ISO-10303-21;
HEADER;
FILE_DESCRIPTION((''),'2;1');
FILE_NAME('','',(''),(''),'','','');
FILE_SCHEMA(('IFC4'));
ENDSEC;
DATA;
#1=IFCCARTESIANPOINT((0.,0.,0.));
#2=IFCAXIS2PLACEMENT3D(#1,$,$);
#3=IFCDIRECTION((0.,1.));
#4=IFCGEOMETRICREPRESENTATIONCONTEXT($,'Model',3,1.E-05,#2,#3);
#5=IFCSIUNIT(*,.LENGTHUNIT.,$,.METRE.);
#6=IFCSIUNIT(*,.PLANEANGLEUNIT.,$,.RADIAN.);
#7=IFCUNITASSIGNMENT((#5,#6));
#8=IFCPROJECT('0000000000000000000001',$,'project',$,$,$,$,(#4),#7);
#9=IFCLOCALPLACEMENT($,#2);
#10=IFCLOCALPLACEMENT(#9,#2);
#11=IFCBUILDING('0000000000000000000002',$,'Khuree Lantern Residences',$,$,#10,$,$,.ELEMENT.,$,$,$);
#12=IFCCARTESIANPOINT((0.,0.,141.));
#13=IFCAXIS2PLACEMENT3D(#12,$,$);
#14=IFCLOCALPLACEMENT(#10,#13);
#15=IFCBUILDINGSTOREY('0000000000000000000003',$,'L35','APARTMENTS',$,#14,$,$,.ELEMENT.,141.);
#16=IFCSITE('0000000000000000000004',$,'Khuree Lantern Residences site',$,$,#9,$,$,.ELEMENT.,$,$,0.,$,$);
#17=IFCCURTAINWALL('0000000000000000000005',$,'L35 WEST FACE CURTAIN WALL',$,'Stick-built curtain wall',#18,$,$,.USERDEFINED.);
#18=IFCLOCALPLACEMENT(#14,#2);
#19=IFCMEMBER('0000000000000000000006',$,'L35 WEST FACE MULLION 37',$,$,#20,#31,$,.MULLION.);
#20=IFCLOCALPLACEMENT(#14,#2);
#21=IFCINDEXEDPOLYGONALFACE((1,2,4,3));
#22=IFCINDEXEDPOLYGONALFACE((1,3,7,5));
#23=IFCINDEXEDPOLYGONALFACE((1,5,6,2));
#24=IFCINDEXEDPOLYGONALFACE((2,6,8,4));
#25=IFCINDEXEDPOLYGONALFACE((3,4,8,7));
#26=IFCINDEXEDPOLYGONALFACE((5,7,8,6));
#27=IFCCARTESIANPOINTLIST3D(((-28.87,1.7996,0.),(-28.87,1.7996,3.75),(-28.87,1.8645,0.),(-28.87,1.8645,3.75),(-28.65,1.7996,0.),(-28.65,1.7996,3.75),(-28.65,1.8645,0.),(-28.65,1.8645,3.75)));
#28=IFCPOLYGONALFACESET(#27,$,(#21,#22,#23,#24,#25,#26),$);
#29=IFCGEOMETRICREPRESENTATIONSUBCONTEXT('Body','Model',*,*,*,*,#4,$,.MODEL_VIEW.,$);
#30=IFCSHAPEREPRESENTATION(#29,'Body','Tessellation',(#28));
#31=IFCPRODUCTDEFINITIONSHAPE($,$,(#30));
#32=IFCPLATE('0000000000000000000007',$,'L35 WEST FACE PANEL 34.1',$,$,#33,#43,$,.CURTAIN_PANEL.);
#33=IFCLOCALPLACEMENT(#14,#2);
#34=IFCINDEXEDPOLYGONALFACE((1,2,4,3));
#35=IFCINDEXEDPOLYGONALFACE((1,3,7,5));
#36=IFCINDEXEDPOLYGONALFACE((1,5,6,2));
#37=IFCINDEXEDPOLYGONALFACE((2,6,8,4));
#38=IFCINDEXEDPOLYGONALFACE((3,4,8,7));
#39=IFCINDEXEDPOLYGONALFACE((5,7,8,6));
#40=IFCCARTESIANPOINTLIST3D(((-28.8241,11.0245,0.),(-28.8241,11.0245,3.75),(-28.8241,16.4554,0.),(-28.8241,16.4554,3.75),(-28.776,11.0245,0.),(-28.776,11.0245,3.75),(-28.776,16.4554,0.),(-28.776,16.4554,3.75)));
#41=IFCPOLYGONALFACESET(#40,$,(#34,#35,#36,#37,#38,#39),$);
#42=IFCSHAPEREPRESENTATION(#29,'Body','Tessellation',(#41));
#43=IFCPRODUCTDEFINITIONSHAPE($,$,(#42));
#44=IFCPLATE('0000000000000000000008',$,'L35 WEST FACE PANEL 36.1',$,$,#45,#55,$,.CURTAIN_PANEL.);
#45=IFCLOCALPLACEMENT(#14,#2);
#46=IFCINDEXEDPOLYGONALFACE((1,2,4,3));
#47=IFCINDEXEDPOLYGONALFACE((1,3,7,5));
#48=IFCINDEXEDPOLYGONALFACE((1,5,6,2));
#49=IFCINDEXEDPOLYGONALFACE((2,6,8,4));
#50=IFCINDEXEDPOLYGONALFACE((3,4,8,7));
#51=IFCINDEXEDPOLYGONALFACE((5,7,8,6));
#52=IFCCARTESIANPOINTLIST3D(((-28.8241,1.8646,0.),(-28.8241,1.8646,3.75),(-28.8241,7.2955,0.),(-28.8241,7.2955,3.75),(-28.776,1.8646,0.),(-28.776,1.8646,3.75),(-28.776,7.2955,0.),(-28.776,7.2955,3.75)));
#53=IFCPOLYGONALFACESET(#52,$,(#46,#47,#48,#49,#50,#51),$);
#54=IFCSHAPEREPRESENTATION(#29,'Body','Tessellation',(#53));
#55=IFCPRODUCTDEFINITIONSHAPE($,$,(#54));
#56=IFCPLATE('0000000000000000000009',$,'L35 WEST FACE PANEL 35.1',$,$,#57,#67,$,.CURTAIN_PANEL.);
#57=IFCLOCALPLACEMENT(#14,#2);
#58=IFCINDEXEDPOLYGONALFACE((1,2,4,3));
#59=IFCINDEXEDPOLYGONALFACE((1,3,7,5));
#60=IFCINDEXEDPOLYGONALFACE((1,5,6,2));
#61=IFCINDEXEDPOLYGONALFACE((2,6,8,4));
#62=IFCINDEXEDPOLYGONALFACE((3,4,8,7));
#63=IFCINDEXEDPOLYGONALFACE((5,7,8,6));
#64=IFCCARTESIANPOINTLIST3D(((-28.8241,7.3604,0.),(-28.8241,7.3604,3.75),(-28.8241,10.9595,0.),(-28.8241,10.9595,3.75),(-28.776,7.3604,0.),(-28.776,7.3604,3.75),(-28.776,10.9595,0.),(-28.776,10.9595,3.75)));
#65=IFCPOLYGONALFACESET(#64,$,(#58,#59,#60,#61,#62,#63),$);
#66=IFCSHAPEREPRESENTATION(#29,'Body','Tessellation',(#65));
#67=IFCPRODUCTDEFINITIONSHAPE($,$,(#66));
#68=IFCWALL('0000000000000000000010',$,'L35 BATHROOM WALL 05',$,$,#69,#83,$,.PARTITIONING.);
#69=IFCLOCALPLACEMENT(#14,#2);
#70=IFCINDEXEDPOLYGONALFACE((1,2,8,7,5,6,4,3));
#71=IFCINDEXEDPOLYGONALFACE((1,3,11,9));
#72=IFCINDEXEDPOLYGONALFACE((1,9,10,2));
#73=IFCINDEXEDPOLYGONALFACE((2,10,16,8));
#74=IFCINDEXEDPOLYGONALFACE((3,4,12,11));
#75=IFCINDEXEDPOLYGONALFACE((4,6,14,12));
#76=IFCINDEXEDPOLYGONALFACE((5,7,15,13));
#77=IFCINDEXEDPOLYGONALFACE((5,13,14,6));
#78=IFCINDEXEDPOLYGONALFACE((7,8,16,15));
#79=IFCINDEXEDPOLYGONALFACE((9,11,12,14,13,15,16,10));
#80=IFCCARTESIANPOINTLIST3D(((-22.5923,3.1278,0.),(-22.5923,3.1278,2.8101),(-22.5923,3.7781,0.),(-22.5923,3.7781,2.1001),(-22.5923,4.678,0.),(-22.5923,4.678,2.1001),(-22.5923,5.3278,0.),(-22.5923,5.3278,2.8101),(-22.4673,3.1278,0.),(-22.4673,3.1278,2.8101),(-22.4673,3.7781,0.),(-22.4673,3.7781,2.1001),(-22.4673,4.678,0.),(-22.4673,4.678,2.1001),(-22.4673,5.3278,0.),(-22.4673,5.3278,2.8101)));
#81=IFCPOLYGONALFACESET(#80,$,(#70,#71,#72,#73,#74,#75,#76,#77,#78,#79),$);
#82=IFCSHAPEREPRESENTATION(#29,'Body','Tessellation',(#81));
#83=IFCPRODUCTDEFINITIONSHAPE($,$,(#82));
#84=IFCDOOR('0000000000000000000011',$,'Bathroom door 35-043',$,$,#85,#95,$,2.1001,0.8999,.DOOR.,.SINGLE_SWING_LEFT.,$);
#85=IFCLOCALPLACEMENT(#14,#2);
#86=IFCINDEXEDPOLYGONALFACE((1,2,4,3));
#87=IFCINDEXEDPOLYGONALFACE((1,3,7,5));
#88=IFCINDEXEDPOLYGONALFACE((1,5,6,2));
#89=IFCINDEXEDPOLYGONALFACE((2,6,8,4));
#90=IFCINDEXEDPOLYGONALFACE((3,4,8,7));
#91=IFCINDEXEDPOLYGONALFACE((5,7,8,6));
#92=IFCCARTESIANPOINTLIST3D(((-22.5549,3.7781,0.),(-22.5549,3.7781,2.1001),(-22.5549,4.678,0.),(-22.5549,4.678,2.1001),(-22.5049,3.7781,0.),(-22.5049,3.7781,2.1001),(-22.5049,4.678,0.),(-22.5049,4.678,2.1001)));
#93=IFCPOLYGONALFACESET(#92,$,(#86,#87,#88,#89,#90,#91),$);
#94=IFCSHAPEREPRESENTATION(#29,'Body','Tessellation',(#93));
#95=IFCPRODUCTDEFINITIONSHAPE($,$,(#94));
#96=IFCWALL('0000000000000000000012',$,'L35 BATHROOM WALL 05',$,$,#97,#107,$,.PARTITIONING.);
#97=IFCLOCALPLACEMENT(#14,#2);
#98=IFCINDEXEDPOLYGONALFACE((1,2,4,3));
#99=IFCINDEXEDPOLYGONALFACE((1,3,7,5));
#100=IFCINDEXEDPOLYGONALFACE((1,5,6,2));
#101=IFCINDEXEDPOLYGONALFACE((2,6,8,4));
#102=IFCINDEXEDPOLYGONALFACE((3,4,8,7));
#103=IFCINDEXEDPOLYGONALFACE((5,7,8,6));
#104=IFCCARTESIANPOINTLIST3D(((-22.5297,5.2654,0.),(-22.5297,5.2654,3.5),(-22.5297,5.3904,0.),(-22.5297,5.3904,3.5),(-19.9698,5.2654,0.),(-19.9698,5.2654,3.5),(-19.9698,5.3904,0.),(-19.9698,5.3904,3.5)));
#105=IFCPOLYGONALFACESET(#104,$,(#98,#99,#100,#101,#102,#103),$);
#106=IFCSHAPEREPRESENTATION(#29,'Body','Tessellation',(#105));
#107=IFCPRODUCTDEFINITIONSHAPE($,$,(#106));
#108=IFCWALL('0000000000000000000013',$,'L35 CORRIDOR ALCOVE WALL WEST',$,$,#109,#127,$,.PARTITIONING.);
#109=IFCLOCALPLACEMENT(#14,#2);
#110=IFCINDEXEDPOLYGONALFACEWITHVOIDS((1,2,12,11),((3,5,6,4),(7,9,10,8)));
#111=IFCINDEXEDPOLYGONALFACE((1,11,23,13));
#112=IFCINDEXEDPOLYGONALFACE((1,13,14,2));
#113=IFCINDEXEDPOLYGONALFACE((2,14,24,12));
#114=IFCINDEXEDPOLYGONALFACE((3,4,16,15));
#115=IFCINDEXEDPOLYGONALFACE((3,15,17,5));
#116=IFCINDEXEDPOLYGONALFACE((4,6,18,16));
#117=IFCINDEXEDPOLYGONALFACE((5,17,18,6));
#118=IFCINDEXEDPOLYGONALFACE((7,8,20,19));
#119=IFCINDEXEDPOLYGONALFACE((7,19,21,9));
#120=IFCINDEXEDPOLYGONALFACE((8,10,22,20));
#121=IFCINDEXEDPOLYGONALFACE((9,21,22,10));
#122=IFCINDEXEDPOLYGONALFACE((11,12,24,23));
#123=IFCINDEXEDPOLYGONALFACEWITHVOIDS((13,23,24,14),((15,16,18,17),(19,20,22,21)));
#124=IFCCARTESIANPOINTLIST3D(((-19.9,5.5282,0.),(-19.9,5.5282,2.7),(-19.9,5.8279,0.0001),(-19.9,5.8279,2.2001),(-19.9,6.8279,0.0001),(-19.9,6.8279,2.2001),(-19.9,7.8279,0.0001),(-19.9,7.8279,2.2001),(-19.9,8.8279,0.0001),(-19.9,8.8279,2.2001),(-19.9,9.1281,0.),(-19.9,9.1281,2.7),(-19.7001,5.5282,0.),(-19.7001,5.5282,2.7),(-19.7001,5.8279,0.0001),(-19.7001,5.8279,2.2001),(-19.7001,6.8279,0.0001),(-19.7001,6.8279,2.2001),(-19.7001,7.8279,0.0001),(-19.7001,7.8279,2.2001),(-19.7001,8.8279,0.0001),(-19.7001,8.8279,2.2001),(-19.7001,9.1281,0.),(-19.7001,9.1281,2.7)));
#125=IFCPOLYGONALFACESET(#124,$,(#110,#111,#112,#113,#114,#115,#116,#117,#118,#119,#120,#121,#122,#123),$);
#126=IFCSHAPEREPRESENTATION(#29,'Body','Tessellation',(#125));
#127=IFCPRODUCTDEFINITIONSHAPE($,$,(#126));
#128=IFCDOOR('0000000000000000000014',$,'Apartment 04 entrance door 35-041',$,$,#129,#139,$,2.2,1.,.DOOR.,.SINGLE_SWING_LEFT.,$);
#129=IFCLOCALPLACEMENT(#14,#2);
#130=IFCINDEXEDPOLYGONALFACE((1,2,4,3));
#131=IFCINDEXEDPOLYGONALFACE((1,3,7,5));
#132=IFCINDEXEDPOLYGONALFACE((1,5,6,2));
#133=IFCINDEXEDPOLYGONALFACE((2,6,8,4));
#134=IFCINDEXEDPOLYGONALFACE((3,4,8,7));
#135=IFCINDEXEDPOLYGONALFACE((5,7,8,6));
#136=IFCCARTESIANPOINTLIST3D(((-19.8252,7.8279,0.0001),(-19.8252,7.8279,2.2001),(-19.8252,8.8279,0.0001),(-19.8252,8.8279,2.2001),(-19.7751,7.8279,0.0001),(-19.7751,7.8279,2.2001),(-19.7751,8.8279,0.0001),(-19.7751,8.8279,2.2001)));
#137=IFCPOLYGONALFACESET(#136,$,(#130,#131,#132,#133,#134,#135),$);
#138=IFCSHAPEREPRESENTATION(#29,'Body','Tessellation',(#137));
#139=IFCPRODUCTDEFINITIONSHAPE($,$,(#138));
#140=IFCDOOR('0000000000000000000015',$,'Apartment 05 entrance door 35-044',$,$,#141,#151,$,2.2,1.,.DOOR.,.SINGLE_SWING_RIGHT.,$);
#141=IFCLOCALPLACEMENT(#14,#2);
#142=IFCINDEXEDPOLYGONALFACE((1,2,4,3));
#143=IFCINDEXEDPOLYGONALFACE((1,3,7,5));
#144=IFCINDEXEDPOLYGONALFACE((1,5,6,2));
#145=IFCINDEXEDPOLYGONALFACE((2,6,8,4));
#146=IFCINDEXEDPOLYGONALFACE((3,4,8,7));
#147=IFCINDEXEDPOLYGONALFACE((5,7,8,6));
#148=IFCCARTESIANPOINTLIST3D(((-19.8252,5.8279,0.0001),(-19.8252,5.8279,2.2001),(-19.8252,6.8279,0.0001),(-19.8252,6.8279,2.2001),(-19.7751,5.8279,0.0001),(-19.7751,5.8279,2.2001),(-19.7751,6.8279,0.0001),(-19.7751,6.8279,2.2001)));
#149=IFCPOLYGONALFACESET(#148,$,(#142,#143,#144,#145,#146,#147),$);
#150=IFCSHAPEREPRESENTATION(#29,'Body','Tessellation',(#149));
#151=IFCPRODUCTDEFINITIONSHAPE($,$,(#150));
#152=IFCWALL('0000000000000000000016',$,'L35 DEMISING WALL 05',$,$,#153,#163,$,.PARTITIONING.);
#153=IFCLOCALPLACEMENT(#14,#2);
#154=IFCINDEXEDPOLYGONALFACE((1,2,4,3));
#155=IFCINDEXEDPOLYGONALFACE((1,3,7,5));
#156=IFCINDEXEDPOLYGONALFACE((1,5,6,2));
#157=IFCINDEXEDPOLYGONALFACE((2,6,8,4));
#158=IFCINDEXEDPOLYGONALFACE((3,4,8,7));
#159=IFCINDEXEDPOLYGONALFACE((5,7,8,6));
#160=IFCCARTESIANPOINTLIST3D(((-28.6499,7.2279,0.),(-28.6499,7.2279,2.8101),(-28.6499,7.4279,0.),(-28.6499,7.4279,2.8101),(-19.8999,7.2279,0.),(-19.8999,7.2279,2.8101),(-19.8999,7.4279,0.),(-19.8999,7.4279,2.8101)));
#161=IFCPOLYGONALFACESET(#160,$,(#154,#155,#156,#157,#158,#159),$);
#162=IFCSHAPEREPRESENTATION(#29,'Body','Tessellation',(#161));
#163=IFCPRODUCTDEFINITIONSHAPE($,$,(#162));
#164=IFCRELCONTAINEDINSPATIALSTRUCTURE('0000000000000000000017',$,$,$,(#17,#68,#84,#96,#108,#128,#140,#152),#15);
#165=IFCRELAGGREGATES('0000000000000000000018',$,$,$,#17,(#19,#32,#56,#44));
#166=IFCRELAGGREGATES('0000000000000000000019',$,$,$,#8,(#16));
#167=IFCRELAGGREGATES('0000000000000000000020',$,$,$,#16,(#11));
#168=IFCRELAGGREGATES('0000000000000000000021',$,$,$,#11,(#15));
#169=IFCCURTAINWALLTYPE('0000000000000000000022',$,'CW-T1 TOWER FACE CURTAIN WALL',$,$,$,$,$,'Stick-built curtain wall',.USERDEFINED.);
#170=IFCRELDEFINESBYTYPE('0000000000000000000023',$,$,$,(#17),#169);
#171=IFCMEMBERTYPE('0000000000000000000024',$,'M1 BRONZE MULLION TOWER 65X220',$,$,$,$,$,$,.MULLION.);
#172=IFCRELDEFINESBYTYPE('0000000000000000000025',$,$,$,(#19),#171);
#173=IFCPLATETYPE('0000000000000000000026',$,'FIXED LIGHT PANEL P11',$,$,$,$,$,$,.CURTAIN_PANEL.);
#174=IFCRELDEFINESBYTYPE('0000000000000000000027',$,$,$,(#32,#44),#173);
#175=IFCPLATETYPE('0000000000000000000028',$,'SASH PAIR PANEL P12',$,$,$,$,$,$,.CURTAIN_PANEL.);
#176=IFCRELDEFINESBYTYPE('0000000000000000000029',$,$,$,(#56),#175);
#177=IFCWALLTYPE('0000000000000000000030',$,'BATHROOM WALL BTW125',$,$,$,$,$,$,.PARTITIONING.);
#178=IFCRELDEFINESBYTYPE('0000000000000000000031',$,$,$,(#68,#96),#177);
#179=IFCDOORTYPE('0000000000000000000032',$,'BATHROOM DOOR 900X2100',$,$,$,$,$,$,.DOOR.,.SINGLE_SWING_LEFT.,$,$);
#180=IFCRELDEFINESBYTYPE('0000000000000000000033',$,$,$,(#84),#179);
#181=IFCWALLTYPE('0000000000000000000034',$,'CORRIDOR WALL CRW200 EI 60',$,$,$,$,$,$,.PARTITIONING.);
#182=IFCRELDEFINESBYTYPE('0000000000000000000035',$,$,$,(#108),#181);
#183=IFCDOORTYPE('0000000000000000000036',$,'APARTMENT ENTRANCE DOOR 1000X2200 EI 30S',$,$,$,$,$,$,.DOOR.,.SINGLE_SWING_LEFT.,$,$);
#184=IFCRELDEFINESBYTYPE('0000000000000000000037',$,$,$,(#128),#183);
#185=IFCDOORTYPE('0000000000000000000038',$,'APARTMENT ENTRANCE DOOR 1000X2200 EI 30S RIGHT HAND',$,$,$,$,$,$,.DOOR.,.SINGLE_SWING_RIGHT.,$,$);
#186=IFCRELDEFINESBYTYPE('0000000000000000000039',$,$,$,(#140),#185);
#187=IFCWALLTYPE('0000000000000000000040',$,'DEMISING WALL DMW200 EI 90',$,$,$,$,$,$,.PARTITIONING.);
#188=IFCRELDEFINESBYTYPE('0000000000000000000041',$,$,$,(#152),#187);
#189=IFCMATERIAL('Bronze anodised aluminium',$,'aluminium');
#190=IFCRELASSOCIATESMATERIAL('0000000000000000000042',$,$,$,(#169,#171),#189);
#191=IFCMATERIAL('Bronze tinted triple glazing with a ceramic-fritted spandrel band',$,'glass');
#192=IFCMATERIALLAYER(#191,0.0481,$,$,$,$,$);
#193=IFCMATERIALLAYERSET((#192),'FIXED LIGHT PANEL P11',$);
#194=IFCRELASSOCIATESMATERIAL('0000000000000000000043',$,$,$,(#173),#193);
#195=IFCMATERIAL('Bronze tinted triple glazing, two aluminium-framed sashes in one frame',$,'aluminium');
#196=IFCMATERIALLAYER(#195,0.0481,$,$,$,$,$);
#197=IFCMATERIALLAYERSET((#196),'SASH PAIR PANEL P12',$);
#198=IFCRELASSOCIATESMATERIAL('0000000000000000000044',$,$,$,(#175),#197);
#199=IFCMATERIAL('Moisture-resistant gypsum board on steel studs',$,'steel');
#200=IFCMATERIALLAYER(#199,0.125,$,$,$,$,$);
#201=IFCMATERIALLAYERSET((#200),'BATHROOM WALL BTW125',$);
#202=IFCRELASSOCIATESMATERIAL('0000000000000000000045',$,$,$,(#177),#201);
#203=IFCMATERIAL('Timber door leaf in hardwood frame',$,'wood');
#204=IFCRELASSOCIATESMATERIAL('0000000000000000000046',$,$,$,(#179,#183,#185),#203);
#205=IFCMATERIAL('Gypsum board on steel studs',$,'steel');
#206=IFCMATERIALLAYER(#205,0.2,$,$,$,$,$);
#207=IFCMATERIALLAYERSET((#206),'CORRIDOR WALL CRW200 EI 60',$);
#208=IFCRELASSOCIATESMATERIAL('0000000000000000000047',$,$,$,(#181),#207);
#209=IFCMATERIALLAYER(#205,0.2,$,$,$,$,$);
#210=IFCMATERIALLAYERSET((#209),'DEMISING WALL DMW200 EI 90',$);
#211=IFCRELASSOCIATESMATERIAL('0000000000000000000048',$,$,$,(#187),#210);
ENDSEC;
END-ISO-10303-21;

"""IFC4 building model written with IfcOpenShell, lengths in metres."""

from ifc_helpers import new_model, si_unit, direction, frame, frame_2d, origin, origin_2d, place, context, subcontext, project, spatial, rectangle, extrude, material, layer, layer_set, material_profile, profile_set, type_object, element, fill, aggregate, save


model = new_model("IFC4")

# Units and contexts
model_context = context("Model", 3, precision=1e-05, world=origin(), true_north=direction((0.0, 1.0)))
body_context = subcontext(model_context, "Body", "Model", "MODEL_VIEW")
ifc_project = project(units=[si_unit("LENGTHUNIT", "METRE"), si_unit("PLANEANGLEUNIT", "RADIAN")], contexts=[model_context])

# Site, building, storey
site_placement = place(None, origin())
site = spatial("IfcSite", under=ifc_project, at=site_placement, Name="Khuree Lantern Residences site", CompositionType="ELEMENT", RefElevation=0.0)
building_placement = place(site_placement, origin())
building = spatial("IfcBuilding", under=site, at=building_placement, Name="Khuree Lantern Residences", CompositionType="ELEMENT")
storey_placement = place(building_placement, frame((0.0, 0.0, 141.0)))
storey = spatial("IfcBuildingStorey", under=building, at=storey_placement, Name="L35", Description="APARTMENTS", CompositionType="ELEMENT", Elevation=141.0)

# Curtain wall
ifc_material_1 = material(Name="Bronze anodised aluminium", Category="aluminium")
curtain_wall_type = type_object("IfcCurtainWallType", Name="CW-T1 TOWER FACE CURTAIN WALL", ElementType="Stick-built curtain wall", PredefinedType="USERDEFINED", material=ifc_material_1)
curtain_wall_placement = place(storey_placement, origin())
curtain_wall = element("IfcCurtainWall", 1, at=curtain_wall_placement, inside=storey, type_object=curtain_wall_type, Name="L35 WEST FACE CURTAIN WALL", ObjectType="Stick-built curtain wall", PredefinedType="USERDEFINED")

# Member
ifc_material_profile_1 = material_profile(ifc_material_1, rectangle(XDim=0.0649, YDim=0.22, at=origin_2d()), Name="M1 65X220")
ifc_profile_set_1 = profile_set([ifc_material_profile_1], Name="Bronze anodised aluminium")
member_type_1 = type_object("IfcMemberType", Name="M1 BRONZE MULLION TOWER 65X220", PredefinedType="MULLION", material=ifc_profile_set_1)
member_1_placement = place(storey_placement, frame((-28.76, 1.832, 0.0), z_axis=(0.0, 0.0, 1.0), x_axis=(0.0, -1.0, 0.0)))
member_1 = element("IfcMember", 2, at=member_1_placement, type_object=member_type_1, Name="L35 WEST FACE MULLION 37", PredefinedType="MULLION", context=body_context, shape_type="SweptSolid", body=[
    extrude(rectangle(XDim=0.0649, YDim=0.22, at=origin_2d()), origin(), (0.0, 0.0, 1.0), 3.75),
])

# Plates
ifc_material_2 = material(Name="Bronze tinted triple glazing with a ceramic-fritted spandrel band", Category="glass")
ifc_layer_1 = layer(ifc_material_2, 0.0481)
ifc_layer_set_1 = layer_set([ifc_layer_1], Name="FIXED LIGHT PANEL P11")
plate_type_1 = type_object("IfcPlateType", Name="FIXED LIGHT PANEL P11", PredefinedType="CURTAIN_PANEL", material=ifc_layer_set_1)
plate_1_placement = place(storey_placement, frame((-28.8, 13.74, 0.0), z_axis=(0.0, 0.0, 1.0), x_axis=(0.0, -1.0, 0.0)))
plate_1 = element("IfcPlate", 3, at=plate_1_placement, type_object=plate_type_1, Name="L35 WEST FACE PANEL 34.1", PredefinedType="CURTAIN_PANEL", context=body_context, shape_type="SweptSolid", body=[
    extrude(rectangle(XDim=5.4309, YDim=0.0481, at=origin_2d()), origin(), (0.0, 0.0, 1.0), 3.75),
])
plate_2_placement = place(storey_placement, frame((-28.8, 4.5801, 0.0), z_axis=(0.0, 0.0, 1.0), x_axis=(0.0, -1.0, 0.0)))
plate_2 = element("IfcPlate", 4, at=plate_2_placement, type_object=plate_type_1, Name="L35 WEST FACE PANEL 36.1", PredefinedType="CURTAIN_PANEL", context=body_context, shape_type="SweptSolid", body=[
    extrude(rectangle(XDim=5.4309, YDim=0.0481, at=origin_2d()), origin(), (0.0, 0.0, 1.0), 3.75),
])
ifc_material_3 = material(Name="Bronze tinted triple glazing, two aluminium-framed sashes in one frame", Category="aluminium")
ifc_layer_2 = layer(ifc_material_3, 0.0481)
ifc_layer_set_2 = layer_set([ifc_layer_2], Name="SASH PAIR PANEL P12")
plate_type_2 = type_object("IfcPlateType", Name="SASH PAIR PANEL P12", PredefinedType="CURTAIN_PANEL", material=ifc_layer_set_2)
plate_3_placement = place(storey_placement, frame((-28.8, 9.1599, 0.0), z_axis=(0.0, 0.0, 1.0), x_axis=(0.0, -1.0, 0.0)))
plate_3 = element("IfcPlate", 5, at=plate_3_placement, type_object=plate_type_2, Name="L35 WEST FACE PANEL 35.1", PredefinedType="CURTAIN_PANEL", context=body_context, shape_type="SweptSolid", body=[
    extrude(rectangle(XDim=3.5991, YDim=0.0481, at=origin_2d()), origin(), (0.0, 0.0, 1.0), 3.75),
])
aggregate(curtain_wall, [member_1, plate_1, plate_3, plate_2])

# Wall, opening, door
ifc_material_4 = material(Name="Moisture-resistant gypsum board on steel studs", Category="steel")
ifc_layer_3 = layer(ifc_material_4, 0.125)
ifc_layer_set_3 = layer_set([ifc_layer_3], Name="BATHROOM WALL BTW125")
wall_type_1 = type_object("IfcWallType", Name="BATHROOM WALL BTW125", PredefinedType="PARTITIONING", material=ifc_layer_set_3)
wall_1_placement = place(storey_placement, frame((-22.5298, 5.3279, 0.0), z_axis=(0.0, 0.0, 1.0), x_axis=(0.0, -1.0, 0.0)))
wall_1 = element("IfcWall", 6, at=wall_1_placement, inside=storey, type_object=wall_type_1, Name="L35 BATHROOM WALL 05", PredefinedType="PARTITIONING", context=body_context, shape_type="SweptSolid", body=[
    extrude(rectangle(XDim=2.2, YDim=0.125, at=frame_2d((1.1001, 0.0))), origin(), (0.0, 0.0, 1.0), 2.8101),
])
opening_1_placement = place(wall_1_placement, frame((0.6499, 0.0, 0.0)))
opening_1 = element("IfcOpeningElement", 7, at=opening_1_placement, cuts=wall_1, PredefinedType="OPENING", context=body_context, shape_type="SweptSolid", body=[
    extrude(rectangle(XDim=0.8999, YDim=2.1001, at=frame_2d((0.45, 1.05))), frame((0.0, 0.0725, 0.0), z_axis=(0.0, -1.0, 0.0), x_axis=(1.0, 0.0, 0.0)), (0.0, 0.0, 1.0), 0.145),
])
ifc_material_5 = material(Name="Timber door leaf in hardwood frame", Category="wood")
door_type_1 = type_object("IfcDoorType", Name="BATHROOM DOOR 900X2100", OperationType="SINGLE_SWING_LEFT", PredefinedType="DOOR", material=ifc_material_5)
door_1_placement = place(opening_1_placement, origin())
door_1 = element("IfcDoor", 8, at=door_1_placement, inside=storey, type_object=door_type_1, Name="Bathroom door 35-043", OperationType="SINGLE_SWING_LEFT", OverallHeight=2.1001, OverallWidth=0.8999, PredefinedType="DOOR", context=body_context, shape_type="SweptSolid", body=[
    extrude(rectangle(XDim=0.8999, YDim=2.1001, at=frame_2d((0.45, 1.05))), frame((0.0, 0.0249, 0.0), z_axis=(0.0, -1.0, 0.0), x_axis=(1.0, 0.0, 0.0)), (0.0, 0.0, 1.0), 0.05),
])
fill(opening_1, door_1)

# Wall
wall_2_placement = place(storey_placement, frame((-19.97, 5.3279, 0.0), z_axis=(0.0, 0.0, 1.0), x_axis=(-1.0, 0.0, 0.0)))
element("IfcWall", 9, at=wall_2_placement, inside=storey, type_object=wall_type_1, Name="L35 BATHROOM WALL 05", PredefinedType="PARTITIONING", context=body_context, shape_type="SweptSolid", body=[
    extrude(rectangle(XDim=2.5598, YDim=0.125, at=frame_2d((1.2798, 0.0))), origin(), (0.0, 0.0, 1.0), 3.5),
])

# Wall, openings, doors
ifc_material_6 = material(Name="Gypsum board on steel studs", Category="steel")
ifc_layer_4 = layer(ifc_material_6, 0.2)
ifc_layer_set_4 = layer_set([ifc_layer_4], Name="CORRIDOR WALL CRW200 EI 60")
wall_type_2 = type_object("IfcWallType", Name="CORRIDOR WALL CRW200 EI 60", PredefinedType="PARTITIONING", material=ifc_layer_set_4)
wall_3_placement = place(storey_placement, frame((-19.8, 9.1279, 0.0), z_axis=(0.0, 0.0, 1.0), x_axis=(0.0, -1.0, 0.0)))
wall_3 = element("IfcWall", 10, at=wall_3_placement, inside=storey, type_object=wall_type_2, Name="L35 CORRIDOR ALCOVE WALL WEST", PredefinedType="PARTITIONING", context=body_context, shape_type="SweptSolid", body=[
    extrude(rectangle(XDim=3.5999, YDim=0.2, at=frame_2d((1.7998, 0.0))), origin(), (0.0, 0.0, 1.0), 2.7),
])
opening_2_placement = place(wall_3_placement, frame((0.3, 0.0, 0.0)))
opening_2 = element("IfcOpeningElement", 11, at=opening_2_placement, cuts=wall_3, PredefinedType="OPENING", context=body_context, shape_type="SweptSolid", body=[
    extrude(rectangle(XDim=1.0, YDim=2.2, at=frame_2d((0.5, 1.1001))), frame((0.0, 0.1099, 0.0), z_axis=(0.0, -1.0, 0.0), x_axis=(1.0, 0.0, 0.0)), (0.0, 0.0, 1.0), 0.22),
])
opening_3_placement = place(wall_3_placement, frame((2.3, 0.0, 0.0)))
opening_3 = element("IfcOpeningElement", 12, at=opening_3_placement, cuts=wall_3, PredefinedType="OPENING", context=body_context, shape_type="SweptSolid", body=[
    extrude(rectangle(XDim=1.0, YDim=2.2, at=frame_2d((0.5, 1.1001))), frame((0.0, 0.1099, 0.0), z_axis=(0.0, -1.0, 0.0), x_axis=(1.0, 0.0, 0.0)), (0.0, 0.0, 1.0), 0.22),
])
door_type_2 = type_object("IfcDoorType", Name="APARTMENT ENTRANCE DOOR 1000X2200 EI 30S", OperationType="SINGLE_SWING_LEFT", PredefinedType="DOOR", material=ifc_material_5)
door_2_placement = place(opening_2_placement, origin())
door_2 = element("IfcDoor", 13, at=door_2_placement, inside=storey, type_object=door_type_2, Name="Apartment 04 entrance door 35-041", OperationType="SINGLE_SWING_LEFT", OverallHeight=2.2, OverallWidth=1.0, PredefinedType="DOOR", context=body_context, shape_type="SweptSolid", body=[
    extrude(rectangle(XDim=1.0, YDim=2.2, at=frame_2d((0.5, 1.1001))), frame((0.0, 0.0249, 0.0), z_axis=(0.0, -1.0, 0.0), x_axis=(1.0, 0.0, 0.0)), (0.0, 0.0, 1.0), 0.05),
])
fill(opening_2, door_2)
door_type_3 = type_object("IfcDoorType", Name="APARTMENT ENTRANCE DOOR 1000X2200 EI 30S RIGHT HAND", OperationType="SINGLE_SWING_RIGHT", PredefinedType="DOOR", material=ifc_material_5)
door_3_placement = place(opening_3_placement, origin())
door_3 = element("IfcDoor", 14, at=door_3_placement, inside=storey, type_object=door_type_3, Name="Apartment 05 entrance door 35-044", OperationType="SINGLE_SWING_RIGHT", OverallHeight=2.2, OverallWidth=1.0, PredefinedType="DOOR", context=body_context, shape_type="SweptSolid", body=[
    extrude(rectangle(XDim=1.0, YDim=2.2, at=frame_2d((0.5, 1.1001))), frame((0.0, 0.0249, 0.0), z_axis=(0.0, -1.0, 0.0), x_axis=(1.0, 0.0, 0.0)), (0.0, 0.0, 1.0), 0.05),
])
fill(opening_3, door_3)

# Wall
ifc_layer_5 = layer(ifc_material_6, 0.2)
ifc_layer_set_5 = layer_set([ifc_layer_5], Name="DEMISING WALL DMW200 EI 90")
wall_type_3 = type_object("IfcWallType", Name="DEMISING WALL DMW200 EI 90", PredefinedType="PARTITIONING", material=ifc_layer_set_5)
wall_4_placement = place(storey_placement, frame((-19.8999, 7.3279, 0.0), z_axis=(0.0, 0.0, 1.0), x_axis=(-1.0, 0.0, 0.0)))
element("IfcWall", 15, at=wall_4_placement, inside=storey, type_object=wall_type_3, Name="L35 DEMISING WALL 05", PredefinedType="PARTITIONING", context=body_context, shape_type="SweptSolid", body=[
    extrude(rectangle(XDim=8.75, YDim=0.2, at=frame_2d((4.375, 0.0))), origin(), (0.0, 0.0, 1.0), 2.8101),
])

save(model, "model.ifc")
